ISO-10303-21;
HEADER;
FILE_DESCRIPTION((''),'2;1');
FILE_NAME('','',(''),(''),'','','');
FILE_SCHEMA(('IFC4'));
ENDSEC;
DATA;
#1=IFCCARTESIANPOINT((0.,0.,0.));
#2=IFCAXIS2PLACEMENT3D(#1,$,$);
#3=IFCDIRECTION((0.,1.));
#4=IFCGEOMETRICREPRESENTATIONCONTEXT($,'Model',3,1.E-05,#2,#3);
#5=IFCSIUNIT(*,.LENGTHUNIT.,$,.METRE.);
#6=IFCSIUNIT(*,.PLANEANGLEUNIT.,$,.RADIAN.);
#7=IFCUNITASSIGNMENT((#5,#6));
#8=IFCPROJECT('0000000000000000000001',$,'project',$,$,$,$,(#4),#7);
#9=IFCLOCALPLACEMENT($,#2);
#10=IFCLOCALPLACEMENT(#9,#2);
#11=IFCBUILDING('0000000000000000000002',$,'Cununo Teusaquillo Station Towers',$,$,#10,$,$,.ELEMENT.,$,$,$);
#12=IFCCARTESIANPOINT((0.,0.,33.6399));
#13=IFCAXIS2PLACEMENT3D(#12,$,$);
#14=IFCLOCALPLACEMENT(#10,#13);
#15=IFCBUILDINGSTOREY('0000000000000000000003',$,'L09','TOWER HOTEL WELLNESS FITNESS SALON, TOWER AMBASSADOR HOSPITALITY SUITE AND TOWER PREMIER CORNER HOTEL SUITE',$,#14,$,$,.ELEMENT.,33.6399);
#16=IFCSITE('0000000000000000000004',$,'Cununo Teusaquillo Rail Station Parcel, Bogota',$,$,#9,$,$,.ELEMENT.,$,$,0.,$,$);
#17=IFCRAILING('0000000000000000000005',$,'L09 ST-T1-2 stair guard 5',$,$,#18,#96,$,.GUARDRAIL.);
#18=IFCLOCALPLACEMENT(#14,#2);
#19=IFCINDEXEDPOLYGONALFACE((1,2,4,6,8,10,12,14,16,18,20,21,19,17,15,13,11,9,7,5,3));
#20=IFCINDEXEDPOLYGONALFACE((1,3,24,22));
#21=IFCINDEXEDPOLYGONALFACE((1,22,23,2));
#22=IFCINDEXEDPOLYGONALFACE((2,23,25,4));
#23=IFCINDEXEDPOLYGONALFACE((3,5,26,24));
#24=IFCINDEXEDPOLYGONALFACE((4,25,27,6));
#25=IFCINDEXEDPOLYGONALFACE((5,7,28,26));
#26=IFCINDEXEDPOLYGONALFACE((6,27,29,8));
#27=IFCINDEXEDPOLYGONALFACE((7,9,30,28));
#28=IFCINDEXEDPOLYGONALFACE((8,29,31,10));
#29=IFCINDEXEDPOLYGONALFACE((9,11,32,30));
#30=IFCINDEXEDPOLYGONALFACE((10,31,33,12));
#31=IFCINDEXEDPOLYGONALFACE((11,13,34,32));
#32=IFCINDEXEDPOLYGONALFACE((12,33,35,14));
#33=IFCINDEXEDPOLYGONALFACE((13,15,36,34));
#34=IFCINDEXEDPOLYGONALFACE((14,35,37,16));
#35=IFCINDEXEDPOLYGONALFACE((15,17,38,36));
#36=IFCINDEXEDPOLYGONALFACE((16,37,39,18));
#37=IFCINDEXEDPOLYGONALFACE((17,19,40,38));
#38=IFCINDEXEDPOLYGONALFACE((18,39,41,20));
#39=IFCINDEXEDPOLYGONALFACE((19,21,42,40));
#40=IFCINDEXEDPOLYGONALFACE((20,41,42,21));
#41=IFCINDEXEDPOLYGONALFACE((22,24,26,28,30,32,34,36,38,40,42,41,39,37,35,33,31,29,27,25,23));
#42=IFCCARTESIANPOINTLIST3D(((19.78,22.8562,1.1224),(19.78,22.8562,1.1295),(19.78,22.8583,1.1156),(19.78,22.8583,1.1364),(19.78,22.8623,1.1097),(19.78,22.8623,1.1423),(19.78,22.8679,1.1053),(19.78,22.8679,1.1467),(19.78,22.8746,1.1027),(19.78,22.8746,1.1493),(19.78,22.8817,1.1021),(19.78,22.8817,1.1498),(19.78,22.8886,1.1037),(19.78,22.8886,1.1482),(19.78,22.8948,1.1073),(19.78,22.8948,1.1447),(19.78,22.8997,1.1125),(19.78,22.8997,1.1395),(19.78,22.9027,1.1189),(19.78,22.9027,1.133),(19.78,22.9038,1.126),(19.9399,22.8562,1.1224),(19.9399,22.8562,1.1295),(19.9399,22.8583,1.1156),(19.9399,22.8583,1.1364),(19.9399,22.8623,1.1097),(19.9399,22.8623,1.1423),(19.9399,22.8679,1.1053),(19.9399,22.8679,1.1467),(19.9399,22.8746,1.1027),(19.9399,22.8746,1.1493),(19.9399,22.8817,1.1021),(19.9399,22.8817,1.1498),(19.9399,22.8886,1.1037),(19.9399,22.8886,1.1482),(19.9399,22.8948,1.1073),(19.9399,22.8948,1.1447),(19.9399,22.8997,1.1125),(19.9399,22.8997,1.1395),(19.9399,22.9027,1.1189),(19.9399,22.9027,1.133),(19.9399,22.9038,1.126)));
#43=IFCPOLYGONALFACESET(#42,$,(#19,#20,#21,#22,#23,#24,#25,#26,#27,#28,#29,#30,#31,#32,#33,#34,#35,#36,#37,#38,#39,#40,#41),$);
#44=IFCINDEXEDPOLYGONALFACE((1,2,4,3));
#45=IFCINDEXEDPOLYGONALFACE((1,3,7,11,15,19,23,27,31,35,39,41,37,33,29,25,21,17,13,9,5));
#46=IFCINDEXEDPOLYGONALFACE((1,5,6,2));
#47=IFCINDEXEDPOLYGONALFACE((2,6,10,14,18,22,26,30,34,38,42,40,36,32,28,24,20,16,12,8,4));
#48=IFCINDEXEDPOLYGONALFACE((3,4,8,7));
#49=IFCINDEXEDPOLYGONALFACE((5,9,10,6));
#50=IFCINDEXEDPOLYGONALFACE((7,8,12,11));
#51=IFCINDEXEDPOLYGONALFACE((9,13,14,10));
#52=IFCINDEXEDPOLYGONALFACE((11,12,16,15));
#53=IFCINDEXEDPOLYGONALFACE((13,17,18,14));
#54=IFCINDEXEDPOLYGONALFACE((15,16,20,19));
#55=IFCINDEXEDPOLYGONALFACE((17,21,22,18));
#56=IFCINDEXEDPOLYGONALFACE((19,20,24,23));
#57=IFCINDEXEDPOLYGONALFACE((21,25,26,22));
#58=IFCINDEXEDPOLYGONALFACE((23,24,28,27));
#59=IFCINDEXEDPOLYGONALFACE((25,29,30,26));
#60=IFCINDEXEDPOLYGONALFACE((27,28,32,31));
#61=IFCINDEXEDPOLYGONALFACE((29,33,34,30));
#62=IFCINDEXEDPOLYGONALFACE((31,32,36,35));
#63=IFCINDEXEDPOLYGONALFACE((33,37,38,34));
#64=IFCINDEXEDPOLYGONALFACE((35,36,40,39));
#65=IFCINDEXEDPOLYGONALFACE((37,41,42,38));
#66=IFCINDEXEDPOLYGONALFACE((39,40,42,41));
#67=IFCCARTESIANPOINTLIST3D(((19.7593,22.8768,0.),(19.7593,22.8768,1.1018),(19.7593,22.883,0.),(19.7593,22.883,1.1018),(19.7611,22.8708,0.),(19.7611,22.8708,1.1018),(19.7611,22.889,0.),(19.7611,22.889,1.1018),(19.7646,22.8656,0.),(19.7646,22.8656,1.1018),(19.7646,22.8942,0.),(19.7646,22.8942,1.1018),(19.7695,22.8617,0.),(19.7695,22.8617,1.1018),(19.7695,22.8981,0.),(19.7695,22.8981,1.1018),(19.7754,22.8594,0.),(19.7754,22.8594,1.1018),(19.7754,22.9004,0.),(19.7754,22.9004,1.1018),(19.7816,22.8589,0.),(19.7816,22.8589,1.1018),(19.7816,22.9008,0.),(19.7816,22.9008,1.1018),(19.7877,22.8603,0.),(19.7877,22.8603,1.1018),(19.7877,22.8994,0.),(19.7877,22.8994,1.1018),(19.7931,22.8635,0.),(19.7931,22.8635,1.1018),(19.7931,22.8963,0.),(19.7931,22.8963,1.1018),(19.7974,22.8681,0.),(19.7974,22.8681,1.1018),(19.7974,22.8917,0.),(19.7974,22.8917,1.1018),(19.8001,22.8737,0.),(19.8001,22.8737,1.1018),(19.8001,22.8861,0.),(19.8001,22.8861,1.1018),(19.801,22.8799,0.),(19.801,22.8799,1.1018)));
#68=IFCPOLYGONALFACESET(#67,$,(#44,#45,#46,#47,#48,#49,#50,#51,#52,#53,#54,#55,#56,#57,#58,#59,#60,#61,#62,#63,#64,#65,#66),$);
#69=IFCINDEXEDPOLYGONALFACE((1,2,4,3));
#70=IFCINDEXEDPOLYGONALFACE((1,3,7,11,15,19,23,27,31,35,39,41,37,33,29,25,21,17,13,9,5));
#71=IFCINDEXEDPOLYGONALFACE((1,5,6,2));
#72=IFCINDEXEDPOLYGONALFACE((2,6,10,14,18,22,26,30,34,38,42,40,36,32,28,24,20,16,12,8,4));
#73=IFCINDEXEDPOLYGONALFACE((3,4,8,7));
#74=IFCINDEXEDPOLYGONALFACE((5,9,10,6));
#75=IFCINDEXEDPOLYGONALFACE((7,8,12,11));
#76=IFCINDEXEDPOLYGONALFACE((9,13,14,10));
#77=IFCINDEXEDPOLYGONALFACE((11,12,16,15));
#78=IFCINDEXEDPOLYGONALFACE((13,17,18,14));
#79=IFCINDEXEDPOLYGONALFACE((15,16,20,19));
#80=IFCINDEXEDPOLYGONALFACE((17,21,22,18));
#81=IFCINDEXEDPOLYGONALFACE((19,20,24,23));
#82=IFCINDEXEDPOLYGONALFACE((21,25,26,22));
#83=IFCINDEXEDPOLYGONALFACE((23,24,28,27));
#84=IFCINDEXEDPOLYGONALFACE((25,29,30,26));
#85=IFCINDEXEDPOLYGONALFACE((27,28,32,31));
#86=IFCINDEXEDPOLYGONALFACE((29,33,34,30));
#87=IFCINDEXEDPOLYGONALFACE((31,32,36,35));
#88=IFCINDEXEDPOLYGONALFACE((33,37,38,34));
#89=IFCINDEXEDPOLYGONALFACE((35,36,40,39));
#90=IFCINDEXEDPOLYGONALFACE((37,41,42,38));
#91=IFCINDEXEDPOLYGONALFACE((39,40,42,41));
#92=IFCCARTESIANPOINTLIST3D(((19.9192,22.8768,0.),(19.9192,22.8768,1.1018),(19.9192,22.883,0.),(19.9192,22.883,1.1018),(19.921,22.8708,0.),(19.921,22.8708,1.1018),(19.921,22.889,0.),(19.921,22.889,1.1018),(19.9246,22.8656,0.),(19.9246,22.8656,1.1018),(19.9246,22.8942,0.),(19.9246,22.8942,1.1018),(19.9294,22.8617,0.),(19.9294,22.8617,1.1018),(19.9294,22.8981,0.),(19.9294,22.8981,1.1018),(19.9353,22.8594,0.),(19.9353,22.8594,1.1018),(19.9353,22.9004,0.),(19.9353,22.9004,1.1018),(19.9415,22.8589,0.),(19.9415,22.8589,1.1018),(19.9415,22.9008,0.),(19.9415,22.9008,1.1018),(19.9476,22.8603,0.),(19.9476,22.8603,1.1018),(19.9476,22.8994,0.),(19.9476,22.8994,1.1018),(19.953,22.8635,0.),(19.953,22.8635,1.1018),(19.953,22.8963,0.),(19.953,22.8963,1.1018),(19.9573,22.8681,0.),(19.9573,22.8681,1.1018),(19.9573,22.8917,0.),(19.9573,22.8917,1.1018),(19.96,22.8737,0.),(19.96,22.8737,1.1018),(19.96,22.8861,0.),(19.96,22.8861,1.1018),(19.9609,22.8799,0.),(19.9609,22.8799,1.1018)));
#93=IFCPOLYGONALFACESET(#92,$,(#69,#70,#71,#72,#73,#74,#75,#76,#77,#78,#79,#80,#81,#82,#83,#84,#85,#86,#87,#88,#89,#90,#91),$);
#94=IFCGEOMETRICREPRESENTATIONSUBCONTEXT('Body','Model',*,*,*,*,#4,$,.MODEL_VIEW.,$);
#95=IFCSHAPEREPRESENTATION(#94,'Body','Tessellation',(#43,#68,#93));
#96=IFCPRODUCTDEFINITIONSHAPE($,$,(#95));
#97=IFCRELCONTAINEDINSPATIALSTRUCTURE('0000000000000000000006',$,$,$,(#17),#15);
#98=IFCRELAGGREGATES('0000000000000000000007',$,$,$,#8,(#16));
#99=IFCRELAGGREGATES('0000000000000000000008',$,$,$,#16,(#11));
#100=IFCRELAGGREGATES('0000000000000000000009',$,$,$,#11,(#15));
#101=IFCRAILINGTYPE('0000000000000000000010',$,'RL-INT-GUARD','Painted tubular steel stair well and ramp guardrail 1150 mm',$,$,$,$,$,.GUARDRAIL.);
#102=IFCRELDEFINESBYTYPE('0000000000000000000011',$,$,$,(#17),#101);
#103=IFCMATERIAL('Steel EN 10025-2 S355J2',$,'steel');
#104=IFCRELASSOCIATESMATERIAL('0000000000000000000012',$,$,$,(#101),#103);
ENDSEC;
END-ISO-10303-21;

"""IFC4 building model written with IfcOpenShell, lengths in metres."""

from ifc_helpers import new_model, si_unit, direction, frame, origin, origin_2d, place, context, subcontext, project, spatial, circle, extrude, material, type_object, element, save


model = new_model("IFC4")

# Units and contexts
model_context = context("Model", 3, precision=1e-05, world=origin(), true_north=direction((0.0, 1.0)))
body_context = subcontext(model_context, "Body", "Model", "MODEL_VIEW")
ifc_project = project(units=[si_unit("LENGTHUNIT", "METRE"), si_unit("PLANEANGLEUNIT", "RADIAN")], contexts=[model_context])

# Site, building, storey
site_placement = place(None, origin())
site = spatial("IfcSite", under=ifc_project, at=site_placement, Name="Cununo Teusaquillo Rail Station Parcel, Bogota", CompositionType="ELEMENT", RefElevation=0.0)
building_placement = place(site_placement, origin())
building = spatial("IfcBuilding", under=site, at=building_placement, Name="Cununo Teusaquillo Station Towers", CompositionType="ELEMENT")
storey_placement = place(building_placement, frame((0.0, 0.0, 33.6399)))
storey = spatial("IfcBuildingStorey", under=building, at=storey_placement, Name="L09", Description="TOWER HOTEL WELLNESS FITNESS SALON, TOWER AMBASSADOR HOSPITALITY SUITE AND TOWER PREMIER CORNER HOTEL SUITE", CompositionType="ELEMENT", Elevation=33.6399)

# Railing
ifc_material_1 = material(Name="Steel EN 10025-2 S355J2", Category="steel")
railing_type_1 = type_object("IfcRailingType", Name="RL-INT-GUARD", Description="Painted tubular steel stair well and ramp guardrail 1150 mm", PredefinedType="GUARDRAIL", material=ifc_material_1)
railing_1_placement = place(storey_placement, frame((19.78, 22.8799, 0.0)))
element("IfcRailing", 1, at=railing_1_placement, inside=storey, type_object=railing_type_1, Name="L09 ST-T1-2 stair guard 5", PredefinedType="GUARDRAIL", context=body_context, shape_type="SweptSolid", body=[
    extrude(circle(Radius=0.0239, at=origin_2d()), frame((0.0, 0.0, 1.126), z_axis=(1.0, 0.0, 0.0), x_axis=(0.0, 1.0, 0.0)), (0.0, 0.0, 1.0), 0.1599),
    extrude(circle(Radius=0.021, at=origin_2d()), origin(), (0.0, 0.0, 1.0), 1.1018),
    extrude(circle(Radius=0.021, at=origin_2d()), frame((0.1599, 0.0, 0.0)), (0.0, 0.0, 1.0), 1.1018),
])

save(model, "model.ifc")
